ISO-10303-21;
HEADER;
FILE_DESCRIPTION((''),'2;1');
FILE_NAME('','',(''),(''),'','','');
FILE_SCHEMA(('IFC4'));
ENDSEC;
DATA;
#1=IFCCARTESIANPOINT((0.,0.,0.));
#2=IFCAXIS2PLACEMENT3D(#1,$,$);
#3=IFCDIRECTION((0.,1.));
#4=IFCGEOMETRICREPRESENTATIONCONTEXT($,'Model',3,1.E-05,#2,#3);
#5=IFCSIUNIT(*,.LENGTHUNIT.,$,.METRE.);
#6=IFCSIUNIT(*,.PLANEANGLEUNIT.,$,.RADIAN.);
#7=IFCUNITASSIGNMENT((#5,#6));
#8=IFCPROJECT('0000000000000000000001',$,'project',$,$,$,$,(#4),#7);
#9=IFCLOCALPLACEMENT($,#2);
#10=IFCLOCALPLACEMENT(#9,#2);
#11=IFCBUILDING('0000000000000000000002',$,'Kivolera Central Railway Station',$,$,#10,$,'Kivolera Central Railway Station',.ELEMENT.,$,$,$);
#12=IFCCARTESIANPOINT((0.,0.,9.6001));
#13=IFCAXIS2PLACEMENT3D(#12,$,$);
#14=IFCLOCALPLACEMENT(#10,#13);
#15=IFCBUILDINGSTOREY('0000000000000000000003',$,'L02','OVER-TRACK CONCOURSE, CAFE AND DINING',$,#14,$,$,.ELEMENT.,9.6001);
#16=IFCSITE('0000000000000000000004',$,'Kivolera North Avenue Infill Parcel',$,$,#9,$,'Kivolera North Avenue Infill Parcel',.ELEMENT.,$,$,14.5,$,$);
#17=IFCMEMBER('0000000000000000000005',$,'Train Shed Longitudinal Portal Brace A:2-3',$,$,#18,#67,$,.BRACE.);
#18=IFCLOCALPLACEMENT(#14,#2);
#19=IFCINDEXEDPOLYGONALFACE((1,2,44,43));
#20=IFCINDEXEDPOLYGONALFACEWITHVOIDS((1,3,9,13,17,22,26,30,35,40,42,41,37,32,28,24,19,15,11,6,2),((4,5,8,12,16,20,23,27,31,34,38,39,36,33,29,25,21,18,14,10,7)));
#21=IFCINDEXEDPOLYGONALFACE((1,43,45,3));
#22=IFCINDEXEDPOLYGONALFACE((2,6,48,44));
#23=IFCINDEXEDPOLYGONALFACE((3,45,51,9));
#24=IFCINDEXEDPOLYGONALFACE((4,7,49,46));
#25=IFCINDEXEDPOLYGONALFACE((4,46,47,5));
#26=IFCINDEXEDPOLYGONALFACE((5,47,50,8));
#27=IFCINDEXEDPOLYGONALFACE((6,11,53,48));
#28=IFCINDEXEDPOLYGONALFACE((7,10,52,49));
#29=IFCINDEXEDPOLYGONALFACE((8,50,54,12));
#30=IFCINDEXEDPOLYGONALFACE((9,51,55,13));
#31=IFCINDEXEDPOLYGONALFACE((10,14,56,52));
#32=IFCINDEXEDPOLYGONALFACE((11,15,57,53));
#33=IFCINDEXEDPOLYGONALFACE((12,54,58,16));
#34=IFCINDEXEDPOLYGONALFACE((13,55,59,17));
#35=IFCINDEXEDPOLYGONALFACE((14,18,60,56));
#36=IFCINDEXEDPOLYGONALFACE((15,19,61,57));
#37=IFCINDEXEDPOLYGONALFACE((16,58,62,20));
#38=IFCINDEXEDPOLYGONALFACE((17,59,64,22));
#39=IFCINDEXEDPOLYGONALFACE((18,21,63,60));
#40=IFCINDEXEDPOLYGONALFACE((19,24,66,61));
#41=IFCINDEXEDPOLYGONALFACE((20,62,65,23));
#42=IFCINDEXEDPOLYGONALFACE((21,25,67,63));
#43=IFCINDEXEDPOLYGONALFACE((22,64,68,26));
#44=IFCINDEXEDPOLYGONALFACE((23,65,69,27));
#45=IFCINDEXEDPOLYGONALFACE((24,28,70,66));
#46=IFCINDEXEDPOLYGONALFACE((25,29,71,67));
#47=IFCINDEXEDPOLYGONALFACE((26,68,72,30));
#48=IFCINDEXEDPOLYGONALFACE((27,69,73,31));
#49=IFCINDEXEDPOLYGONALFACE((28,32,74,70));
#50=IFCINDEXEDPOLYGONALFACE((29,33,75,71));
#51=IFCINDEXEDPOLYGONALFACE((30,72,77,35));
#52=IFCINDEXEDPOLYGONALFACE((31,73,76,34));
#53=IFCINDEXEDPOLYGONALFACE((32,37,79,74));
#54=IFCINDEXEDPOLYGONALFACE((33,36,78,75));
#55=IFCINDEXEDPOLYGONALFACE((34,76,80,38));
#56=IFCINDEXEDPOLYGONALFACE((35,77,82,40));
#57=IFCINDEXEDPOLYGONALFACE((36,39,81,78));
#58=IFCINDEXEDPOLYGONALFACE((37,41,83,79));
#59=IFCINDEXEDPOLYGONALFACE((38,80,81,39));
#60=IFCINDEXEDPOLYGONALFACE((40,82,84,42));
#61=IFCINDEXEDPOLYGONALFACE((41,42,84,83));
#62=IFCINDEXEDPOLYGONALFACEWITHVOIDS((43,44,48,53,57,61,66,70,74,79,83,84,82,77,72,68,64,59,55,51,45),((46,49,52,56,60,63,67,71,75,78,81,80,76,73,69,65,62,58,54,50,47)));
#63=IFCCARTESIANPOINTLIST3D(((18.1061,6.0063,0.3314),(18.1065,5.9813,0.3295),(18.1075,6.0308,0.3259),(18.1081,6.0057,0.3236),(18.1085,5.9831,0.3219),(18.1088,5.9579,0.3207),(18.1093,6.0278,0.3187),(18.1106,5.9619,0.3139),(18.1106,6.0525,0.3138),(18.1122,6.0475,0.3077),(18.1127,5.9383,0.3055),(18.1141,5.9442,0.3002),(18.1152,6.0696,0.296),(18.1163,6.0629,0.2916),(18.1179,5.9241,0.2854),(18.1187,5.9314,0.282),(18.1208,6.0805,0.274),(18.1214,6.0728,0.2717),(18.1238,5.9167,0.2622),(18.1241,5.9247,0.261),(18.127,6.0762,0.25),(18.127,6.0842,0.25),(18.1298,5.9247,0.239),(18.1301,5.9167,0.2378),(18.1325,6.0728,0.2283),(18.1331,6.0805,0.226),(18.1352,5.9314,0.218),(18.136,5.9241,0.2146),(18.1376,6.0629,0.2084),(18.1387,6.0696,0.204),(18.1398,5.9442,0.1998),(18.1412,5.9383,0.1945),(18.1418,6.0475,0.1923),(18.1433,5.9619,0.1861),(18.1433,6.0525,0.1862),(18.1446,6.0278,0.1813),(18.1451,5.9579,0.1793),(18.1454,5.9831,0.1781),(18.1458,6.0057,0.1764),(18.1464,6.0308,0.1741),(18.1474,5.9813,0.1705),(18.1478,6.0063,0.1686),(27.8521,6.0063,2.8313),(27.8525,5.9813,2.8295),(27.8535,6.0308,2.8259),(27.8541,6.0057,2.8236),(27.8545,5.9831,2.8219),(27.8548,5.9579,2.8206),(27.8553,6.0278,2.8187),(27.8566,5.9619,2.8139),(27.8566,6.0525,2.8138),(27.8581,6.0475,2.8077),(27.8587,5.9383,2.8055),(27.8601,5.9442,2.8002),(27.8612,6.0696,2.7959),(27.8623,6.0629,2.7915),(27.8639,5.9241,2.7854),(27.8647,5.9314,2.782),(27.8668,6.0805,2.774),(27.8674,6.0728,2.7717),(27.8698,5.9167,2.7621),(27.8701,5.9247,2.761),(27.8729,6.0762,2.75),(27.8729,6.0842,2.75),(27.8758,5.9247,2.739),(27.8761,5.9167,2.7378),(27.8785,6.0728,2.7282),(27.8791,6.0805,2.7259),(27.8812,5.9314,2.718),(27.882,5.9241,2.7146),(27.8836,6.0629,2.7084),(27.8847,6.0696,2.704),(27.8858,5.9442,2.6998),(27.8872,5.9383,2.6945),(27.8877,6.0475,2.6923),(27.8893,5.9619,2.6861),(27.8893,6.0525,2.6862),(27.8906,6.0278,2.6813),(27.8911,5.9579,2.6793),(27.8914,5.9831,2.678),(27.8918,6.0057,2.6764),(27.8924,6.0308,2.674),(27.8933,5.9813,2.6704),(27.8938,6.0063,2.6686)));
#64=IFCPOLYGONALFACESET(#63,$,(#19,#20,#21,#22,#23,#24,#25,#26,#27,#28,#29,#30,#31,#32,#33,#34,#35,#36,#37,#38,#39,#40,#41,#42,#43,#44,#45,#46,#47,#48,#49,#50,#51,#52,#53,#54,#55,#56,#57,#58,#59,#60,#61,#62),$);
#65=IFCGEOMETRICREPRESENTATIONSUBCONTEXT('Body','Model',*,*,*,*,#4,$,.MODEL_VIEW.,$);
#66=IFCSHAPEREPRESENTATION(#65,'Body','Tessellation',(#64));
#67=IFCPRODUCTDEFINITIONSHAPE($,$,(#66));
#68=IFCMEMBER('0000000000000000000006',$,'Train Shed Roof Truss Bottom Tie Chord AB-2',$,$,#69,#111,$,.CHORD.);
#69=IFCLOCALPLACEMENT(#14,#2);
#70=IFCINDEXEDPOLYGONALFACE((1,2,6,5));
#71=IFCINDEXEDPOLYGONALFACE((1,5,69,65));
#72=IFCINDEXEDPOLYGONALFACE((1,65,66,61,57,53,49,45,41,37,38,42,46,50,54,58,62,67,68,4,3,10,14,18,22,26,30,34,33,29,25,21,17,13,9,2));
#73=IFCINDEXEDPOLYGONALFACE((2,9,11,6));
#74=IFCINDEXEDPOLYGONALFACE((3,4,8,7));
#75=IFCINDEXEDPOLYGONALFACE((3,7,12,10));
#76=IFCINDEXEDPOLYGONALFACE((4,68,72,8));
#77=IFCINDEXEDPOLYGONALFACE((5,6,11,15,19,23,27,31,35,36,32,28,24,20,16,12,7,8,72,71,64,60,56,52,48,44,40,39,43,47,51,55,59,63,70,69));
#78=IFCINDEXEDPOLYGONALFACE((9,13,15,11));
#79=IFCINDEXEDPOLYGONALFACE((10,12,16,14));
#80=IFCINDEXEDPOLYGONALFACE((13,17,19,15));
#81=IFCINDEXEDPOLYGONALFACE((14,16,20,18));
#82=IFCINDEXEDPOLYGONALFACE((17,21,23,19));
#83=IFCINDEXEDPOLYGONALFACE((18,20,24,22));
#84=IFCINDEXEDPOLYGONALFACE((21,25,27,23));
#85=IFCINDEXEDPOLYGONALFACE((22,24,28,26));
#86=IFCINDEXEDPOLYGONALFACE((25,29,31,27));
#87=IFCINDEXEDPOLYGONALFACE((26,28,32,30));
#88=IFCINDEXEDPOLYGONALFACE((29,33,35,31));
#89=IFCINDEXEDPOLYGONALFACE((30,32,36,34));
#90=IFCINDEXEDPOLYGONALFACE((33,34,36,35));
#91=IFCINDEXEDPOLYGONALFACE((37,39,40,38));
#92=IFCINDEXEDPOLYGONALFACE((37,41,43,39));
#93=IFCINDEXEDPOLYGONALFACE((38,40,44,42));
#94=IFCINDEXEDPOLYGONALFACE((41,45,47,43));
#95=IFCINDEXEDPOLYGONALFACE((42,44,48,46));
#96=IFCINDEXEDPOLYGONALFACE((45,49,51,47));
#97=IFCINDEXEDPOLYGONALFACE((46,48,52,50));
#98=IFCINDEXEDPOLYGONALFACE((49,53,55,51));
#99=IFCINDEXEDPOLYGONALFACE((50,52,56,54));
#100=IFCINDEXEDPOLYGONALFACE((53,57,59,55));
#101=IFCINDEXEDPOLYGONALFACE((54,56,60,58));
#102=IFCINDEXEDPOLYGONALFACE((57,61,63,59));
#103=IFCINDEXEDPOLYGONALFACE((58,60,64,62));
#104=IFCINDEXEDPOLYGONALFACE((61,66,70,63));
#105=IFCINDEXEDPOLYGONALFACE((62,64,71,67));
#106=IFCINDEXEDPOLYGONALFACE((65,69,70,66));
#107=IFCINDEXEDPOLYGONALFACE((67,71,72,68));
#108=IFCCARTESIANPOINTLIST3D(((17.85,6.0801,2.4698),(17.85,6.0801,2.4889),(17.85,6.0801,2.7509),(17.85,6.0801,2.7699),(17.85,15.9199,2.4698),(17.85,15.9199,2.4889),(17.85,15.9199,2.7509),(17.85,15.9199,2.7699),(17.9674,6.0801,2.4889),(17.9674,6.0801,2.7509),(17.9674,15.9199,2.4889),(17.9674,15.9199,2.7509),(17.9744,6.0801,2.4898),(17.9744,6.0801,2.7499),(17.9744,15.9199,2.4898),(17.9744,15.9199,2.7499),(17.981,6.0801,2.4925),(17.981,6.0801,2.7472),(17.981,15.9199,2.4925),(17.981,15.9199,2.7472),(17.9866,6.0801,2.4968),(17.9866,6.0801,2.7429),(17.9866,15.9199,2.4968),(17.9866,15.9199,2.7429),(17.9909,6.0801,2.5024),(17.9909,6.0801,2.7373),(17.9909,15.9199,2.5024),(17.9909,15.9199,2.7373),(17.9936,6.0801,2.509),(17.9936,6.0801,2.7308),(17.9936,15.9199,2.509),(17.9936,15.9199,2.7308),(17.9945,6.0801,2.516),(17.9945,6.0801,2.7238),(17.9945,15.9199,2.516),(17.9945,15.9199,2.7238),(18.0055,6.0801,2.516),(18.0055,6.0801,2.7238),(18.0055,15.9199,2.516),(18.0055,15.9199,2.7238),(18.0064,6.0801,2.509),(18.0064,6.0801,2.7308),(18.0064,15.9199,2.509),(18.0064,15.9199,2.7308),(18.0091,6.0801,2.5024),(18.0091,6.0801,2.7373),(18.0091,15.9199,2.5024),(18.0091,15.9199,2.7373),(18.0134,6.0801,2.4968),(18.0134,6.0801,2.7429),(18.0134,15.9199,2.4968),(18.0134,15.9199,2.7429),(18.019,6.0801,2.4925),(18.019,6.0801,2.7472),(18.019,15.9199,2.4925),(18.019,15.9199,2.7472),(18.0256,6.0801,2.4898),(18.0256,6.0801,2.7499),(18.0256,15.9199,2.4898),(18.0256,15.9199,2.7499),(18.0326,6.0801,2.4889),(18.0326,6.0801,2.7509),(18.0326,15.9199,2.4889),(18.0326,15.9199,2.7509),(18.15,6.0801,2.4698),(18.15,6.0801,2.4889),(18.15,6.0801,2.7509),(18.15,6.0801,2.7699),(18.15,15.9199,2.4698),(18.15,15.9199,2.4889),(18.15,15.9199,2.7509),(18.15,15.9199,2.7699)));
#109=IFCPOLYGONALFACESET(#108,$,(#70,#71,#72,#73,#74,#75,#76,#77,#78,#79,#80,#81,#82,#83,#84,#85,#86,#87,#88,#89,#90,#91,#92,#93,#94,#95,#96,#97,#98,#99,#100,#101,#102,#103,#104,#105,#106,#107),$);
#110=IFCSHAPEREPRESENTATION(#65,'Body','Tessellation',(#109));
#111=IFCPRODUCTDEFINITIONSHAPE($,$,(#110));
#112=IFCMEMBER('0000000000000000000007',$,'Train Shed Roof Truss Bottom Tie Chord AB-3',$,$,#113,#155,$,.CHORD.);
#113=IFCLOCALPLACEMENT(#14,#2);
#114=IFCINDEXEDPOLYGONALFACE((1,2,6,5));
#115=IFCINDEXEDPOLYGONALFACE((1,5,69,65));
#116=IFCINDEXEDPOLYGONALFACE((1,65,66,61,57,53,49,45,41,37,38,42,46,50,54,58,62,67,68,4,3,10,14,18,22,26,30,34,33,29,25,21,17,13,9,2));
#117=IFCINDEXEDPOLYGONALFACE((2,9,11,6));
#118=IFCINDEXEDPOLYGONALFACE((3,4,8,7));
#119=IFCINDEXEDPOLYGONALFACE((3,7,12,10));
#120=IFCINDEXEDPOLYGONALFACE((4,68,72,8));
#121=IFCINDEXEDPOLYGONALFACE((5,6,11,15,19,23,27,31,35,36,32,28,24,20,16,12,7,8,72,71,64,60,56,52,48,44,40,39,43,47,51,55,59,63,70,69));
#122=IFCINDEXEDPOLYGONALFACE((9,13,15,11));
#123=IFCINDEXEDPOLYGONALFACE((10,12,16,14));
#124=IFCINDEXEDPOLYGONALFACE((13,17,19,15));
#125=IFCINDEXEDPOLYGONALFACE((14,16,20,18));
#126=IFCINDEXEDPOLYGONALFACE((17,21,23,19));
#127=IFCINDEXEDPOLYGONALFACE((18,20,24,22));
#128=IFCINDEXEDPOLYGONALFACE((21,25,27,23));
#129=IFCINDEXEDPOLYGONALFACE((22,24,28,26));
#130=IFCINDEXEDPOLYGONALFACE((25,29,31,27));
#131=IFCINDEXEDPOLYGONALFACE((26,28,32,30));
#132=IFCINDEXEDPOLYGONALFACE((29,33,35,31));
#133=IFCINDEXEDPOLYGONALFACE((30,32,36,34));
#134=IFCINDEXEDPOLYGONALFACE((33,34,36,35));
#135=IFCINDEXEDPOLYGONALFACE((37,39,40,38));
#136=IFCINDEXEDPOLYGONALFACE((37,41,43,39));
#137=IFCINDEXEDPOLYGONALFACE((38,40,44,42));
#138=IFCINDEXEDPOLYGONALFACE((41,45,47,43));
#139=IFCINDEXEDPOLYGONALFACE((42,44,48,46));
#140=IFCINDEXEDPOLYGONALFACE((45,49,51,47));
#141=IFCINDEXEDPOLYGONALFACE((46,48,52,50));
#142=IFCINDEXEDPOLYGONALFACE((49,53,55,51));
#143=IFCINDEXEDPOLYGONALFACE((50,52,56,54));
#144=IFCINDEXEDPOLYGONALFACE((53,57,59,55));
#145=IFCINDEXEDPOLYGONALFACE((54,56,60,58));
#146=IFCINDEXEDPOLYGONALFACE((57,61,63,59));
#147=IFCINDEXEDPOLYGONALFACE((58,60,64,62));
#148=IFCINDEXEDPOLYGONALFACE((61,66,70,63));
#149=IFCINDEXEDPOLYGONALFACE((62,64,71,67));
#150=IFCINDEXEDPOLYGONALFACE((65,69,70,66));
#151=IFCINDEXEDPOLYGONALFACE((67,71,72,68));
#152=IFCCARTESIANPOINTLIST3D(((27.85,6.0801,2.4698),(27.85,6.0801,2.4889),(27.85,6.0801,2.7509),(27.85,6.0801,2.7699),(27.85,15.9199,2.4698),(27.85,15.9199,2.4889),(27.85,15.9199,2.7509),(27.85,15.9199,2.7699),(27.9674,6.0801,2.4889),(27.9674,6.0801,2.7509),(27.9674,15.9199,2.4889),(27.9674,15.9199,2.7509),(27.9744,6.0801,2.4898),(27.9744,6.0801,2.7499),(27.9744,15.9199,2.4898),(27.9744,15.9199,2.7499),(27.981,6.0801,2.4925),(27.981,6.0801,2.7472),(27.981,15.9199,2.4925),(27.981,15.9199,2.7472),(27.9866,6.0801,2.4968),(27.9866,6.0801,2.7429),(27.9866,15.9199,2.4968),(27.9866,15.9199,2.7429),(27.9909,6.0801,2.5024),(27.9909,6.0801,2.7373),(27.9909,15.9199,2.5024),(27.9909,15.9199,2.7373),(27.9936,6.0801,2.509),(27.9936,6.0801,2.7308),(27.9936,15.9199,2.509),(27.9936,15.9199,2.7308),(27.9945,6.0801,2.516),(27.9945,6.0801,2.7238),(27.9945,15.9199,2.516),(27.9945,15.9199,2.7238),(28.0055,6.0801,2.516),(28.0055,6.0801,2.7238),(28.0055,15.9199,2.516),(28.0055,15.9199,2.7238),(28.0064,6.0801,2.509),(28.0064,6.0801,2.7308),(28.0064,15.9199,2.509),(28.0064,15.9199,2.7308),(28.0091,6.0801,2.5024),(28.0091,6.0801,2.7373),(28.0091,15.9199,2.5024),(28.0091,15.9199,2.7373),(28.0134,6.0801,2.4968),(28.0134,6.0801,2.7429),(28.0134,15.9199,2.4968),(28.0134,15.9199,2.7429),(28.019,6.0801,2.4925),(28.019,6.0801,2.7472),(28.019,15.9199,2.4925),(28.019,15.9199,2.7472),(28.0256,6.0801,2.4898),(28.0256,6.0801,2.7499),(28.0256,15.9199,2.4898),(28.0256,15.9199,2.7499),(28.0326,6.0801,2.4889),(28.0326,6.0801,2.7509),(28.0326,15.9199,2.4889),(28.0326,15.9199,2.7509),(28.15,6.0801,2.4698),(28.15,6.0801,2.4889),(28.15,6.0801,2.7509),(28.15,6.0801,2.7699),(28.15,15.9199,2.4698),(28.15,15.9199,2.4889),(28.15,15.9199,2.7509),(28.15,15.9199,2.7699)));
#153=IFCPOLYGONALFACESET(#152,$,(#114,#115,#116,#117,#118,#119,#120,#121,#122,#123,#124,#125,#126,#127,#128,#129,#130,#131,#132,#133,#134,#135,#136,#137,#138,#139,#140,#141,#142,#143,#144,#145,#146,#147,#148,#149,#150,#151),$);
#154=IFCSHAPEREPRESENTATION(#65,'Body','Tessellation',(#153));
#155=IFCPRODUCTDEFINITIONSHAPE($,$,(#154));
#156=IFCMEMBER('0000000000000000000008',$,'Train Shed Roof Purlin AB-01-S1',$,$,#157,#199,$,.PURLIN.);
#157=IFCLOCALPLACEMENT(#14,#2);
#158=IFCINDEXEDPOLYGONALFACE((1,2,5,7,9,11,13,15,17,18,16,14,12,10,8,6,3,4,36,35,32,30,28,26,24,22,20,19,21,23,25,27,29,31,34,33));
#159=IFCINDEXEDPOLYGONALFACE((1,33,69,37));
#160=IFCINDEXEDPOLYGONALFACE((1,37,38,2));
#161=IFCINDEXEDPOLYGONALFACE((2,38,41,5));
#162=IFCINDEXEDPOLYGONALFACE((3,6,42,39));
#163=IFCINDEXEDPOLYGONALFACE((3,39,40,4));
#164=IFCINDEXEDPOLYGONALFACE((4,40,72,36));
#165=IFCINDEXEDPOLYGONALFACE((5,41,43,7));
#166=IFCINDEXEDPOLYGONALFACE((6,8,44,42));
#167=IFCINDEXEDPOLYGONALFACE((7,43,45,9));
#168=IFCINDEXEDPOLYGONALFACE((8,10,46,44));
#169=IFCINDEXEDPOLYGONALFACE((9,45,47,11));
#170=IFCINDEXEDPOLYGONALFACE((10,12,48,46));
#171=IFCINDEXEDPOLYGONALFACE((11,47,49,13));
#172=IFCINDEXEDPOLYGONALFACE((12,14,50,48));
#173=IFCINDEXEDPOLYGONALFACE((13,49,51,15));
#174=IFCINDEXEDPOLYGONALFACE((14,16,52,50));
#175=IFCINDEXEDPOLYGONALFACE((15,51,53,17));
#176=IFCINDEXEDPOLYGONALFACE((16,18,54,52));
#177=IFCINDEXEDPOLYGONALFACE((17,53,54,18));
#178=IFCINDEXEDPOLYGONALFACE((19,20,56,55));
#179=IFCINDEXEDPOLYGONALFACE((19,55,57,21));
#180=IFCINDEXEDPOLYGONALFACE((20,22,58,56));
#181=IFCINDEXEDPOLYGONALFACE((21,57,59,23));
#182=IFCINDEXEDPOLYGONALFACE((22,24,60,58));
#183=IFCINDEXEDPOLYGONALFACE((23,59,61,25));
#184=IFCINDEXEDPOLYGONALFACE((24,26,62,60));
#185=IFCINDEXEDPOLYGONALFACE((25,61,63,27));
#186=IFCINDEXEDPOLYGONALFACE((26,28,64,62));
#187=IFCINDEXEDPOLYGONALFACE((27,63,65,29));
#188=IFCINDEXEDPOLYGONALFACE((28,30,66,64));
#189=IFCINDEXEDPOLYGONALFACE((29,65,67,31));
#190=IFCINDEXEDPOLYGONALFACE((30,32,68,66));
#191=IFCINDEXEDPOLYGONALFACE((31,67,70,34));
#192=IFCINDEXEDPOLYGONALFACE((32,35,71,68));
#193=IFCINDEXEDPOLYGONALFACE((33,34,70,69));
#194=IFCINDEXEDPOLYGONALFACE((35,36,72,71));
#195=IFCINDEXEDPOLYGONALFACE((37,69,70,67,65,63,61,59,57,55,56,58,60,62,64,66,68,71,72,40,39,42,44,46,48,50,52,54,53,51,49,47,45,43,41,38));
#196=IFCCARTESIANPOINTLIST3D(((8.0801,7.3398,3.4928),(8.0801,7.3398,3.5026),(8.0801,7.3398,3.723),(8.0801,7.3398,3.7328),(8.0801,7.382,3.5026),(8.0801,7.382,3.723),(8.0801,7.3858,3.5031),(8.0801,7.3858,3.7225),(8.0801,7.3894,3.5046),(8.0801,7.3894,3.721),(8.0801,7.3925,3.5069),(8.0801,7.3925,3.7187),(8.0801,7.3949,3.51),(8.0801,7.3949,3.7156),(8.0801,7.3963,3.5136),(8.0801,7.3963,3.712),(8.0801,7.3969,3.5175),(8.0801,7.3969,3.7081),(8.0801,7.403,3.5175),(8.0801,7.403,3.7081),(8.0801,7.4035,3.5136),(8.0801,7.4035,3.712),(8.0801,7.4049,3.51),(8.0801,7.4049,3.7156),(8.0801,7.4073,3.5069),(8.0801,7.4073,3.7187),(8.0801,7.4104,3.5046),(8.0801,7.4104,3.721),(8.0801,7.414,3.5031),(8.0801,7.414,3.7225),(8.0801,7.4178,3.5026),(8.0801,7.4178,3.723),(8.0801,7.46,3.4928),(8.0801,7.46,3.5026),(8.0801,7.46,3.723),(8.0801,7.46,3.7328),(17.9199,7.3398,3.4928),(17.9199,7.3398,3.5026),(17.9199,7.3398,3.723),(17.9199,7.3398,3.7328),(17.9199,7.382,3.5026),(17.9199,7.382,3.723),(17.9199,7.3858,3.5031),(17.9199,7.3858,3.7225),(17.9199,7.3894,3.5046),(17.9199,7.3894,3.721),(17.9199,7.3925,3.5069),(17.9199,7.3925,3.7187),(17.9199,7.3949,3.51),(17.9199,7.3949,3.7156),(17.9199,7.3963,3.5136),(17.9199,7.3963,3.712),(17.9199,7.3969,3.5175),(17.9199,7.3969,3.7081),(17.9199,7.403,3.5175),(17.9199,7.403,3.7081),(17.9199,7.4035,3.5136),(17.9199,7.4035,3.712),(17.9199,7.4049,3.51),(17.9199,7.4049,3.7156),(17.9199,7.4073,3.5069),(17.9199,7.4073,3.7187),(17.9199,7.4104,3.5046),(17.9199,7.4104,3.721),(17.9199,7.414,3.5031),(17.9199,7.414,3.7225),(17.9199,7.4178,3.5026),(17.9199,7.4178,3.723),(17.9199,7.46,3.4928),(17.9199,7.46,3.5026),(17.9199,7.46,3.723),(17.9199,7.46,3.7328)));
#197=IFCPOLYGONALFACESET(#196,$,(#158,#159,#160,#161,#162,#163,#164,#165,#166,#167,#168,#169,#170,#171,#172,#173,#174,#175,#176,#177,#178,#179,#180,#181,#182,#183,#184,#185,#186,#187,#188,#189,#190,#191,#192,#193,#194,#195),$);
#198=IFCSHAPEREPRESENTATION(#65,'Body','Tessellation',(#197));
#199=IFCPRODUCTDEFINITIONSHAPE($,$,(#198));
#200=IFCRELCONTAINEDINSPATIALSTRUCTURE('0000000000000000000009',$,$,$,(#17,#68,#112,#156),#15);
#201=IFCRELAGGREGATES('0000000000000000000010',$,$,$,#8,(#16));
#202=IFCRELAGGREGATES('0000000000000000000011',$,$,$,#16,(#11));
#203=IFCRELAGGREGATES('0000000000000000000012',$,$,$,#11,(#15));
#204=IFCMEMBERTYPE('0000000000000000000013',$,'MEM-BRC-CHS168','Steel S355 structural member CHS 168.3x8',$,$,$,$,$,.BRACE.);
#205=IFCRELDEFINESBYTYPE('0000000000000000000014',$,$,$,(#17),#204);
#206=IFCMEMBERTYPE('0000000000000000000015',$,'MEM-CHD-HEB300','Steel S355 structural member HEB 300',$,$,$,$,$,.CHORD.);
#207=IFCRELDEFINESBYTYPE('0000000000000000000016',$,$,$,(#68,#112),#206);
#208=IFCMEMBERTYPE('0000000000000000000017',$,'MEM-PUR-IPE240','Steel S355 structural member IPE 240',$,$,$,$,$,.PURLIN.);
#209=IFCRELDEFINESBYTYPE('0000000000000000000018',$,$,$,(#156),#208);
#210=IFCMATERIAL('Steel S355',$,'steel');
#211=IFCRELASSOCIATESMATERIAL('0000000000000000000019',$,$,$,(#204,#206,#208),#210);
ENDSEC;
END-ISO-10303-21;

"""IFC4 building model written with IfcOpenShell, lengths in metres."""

from ifc_helpers import new_model, si_unit, direction, frame, origin, origin_2d, place, context, subcontext, project, spatial, hollow_circle, i_section, extrude, material, material_profile, profile_set, type_object, element, save


model = new_model("IFC4")

# Units and contexts
model_context = context("Model", 3, precision=1e-05, world=origin(), true_north=direction((0.0, 1.0)))
body_context = subcontext(model_context, "Body", "Model", "MODEL_VIEW")
ifc_project = project(units=[si_unit("LENGTHUNIT", "METRE"), si_unit("PLANEANGLEUNIT", "RADIAN")], contexts=[model_context])

# Site, building, storey
site_placement = place(None, origin())
site = spatial("IfcSite", under=ifc_project, at=site_placement, Name="Kivolera North Avenue Infill Parcel", LongName="Kivolera North Avenue Infill Parcel", CompositionType="ELEMENT", RefElevation=14.5)
building_placement = place(site_placement, origin())
building = spatial("IfcBuilding", under=site, at=building_placement, Name="Kivolera Central Railway Station", LongName="Kivolera Central Railway Station", CompositionType="ELEMENT")
storey_placement = place(building_placement, frame((0.0, 0.0, 9.6001)))
storey = spatial("IfcBuildingStorey", under=building, at=storey_placement, Name="L02", Description="OVER-TRACK CONCOURSE, CAFE AND DINING", CompositionType="ELEMENT", Elevation=9.6001)

# Shared definitions
ifc_material_1 = material(Name="Steel S355", Category="steel")

# Members
ifc_material_profile_1 = material_profile(ifc_material_1, hollow_circle(Radius=0.0842, WallThickness=0.0081, at=origin_2d()), Name="CHS 168.3x8")
ifc_profile_set_1 = profile_set([ifc_material_profile_1], Name="Steel S355")
member_type_1 = type_object("IfcMemberType", Name="MEM-BRC-CHS168", Description="Steel S355 structural member CHS 168.3x8", PredefinedType="BRACE", material=ifc_profile_set_1)
member_placement = place(storey_placement, frame((18.127, 6.0, 0.25), z_axis=(0.96864, 0.0, 0.248469), x_axis=(0.0, 1.0, 0.0)))
element("IfcMember", 1, at=member_placement, inside=storey, type_object=member_type_1, Name="Train Shed Longitudinal Portal Brace A:2-3", PredefinedType="BRACE", context=body_context, shape_type="SweptSolid", body=[
    extrude(hollow_circle(Radius=0.0842, WallThickness=0.0081, at=origin_2d()), origin(), (0.0, 0.0, 1.0), 10.0615),
])
ifc_material_profile_2 = material_profile(ifc_material_1, i_section(OverallWidth=0.3, OverallDepth=0.3, WebThickness=0.011, FlangeThickness=0.019, FilletRadius=0.0271, at=origin_2d()), Name="HEB 300")
ifc_profile_set_2 = profile_set([ifc_material_profile_2], Name="Steel S355")
member_type_2 = type_object("IfcMemberType", Name="MEM-CHD-HEB300", Description="Steel S355 structural member HEB 300", PredefinedType="CHORD", material=ifc_profile_set_2)
for number, where, z_axis, x_axis, name in (
    (2, (18.0, 6.0801, 2.6199), (0.0, 1.0, 0.0), (-1.0, 0.0, 0.0), "Train Shed Roof Truss Bottom Tie Chord AB-2"),
    (3, (28.0, 6.0801, 2.6199), (0.0, 1.0, 0.0), (-1.0, 0.0, 0.0), "Train Shed Roof Truss Bottom Tie Chord AB-3"),
):
    element("IfcMember", number, at=place(storey_placement, frame(where, z_axis=z_axis, x_axis=x_axis)), inside=storey, type_object=member_type_2, Name=name, PredefinedType="CHORD", context=body_context, shape_type="SweptSolid", body=[
        extrude(i_section(OverallWidth=0.3, OverallDepth=0.3, WebThickness=0.011, FlangeThickness=0.019, FilletRadius=0.0271, at=origin_2d()), origin(), (0.0, 0.0, 1.0), 9.8398),
    ])
ifc_material_profile_3 = material_profile(ifc_material_1, i_section(OverallWidth=0.1201, OverallDepth=0.24, WebThickness=0.0061, FlangeThickness=0.0098, FilletRadius=0.0149, at=origin_2d()), Name="IPE 240")
ifc_profile_set_3 = profile_set([ifc_material_profile_3], Name="Steel S355")
member_type_3 = type_object("IfcMemberType", Name="MEM-PUR-IPE240", Description="Steel S355 structural member IPE 240", PredefinedType="PURLIN", material=ifc_profile_set_3)
for number, where, z_axis, x_axis, name in (
    (4, (8.0801, 7.3999, 3.6128), (1.0, 0.0, 0.0), (0.0, 1.0, 0.0), "Train Shed Roof Purlin AB-01-S1"),
):
    element("IfcMember", number, at=place(storey_placement, frame(where, z_axis=z_axis, x_axis=x_axis)), inside=storey, type_object=member_type_3, Name=name, PredefinedType="PURLIN", context=body_context, shape_type="SweptSolid", body=[
        extrude(i_section(OverallWidth=0.1201, OverallDepth=0.24, WebThickness=0.0061, FlangeThickness=0.0098, FilletRadius=0.0149, at=origin_2d()), origin(), (0.0, 0.0, 1.0), 9.8398),
    ])

save(model, "model.ifc")
